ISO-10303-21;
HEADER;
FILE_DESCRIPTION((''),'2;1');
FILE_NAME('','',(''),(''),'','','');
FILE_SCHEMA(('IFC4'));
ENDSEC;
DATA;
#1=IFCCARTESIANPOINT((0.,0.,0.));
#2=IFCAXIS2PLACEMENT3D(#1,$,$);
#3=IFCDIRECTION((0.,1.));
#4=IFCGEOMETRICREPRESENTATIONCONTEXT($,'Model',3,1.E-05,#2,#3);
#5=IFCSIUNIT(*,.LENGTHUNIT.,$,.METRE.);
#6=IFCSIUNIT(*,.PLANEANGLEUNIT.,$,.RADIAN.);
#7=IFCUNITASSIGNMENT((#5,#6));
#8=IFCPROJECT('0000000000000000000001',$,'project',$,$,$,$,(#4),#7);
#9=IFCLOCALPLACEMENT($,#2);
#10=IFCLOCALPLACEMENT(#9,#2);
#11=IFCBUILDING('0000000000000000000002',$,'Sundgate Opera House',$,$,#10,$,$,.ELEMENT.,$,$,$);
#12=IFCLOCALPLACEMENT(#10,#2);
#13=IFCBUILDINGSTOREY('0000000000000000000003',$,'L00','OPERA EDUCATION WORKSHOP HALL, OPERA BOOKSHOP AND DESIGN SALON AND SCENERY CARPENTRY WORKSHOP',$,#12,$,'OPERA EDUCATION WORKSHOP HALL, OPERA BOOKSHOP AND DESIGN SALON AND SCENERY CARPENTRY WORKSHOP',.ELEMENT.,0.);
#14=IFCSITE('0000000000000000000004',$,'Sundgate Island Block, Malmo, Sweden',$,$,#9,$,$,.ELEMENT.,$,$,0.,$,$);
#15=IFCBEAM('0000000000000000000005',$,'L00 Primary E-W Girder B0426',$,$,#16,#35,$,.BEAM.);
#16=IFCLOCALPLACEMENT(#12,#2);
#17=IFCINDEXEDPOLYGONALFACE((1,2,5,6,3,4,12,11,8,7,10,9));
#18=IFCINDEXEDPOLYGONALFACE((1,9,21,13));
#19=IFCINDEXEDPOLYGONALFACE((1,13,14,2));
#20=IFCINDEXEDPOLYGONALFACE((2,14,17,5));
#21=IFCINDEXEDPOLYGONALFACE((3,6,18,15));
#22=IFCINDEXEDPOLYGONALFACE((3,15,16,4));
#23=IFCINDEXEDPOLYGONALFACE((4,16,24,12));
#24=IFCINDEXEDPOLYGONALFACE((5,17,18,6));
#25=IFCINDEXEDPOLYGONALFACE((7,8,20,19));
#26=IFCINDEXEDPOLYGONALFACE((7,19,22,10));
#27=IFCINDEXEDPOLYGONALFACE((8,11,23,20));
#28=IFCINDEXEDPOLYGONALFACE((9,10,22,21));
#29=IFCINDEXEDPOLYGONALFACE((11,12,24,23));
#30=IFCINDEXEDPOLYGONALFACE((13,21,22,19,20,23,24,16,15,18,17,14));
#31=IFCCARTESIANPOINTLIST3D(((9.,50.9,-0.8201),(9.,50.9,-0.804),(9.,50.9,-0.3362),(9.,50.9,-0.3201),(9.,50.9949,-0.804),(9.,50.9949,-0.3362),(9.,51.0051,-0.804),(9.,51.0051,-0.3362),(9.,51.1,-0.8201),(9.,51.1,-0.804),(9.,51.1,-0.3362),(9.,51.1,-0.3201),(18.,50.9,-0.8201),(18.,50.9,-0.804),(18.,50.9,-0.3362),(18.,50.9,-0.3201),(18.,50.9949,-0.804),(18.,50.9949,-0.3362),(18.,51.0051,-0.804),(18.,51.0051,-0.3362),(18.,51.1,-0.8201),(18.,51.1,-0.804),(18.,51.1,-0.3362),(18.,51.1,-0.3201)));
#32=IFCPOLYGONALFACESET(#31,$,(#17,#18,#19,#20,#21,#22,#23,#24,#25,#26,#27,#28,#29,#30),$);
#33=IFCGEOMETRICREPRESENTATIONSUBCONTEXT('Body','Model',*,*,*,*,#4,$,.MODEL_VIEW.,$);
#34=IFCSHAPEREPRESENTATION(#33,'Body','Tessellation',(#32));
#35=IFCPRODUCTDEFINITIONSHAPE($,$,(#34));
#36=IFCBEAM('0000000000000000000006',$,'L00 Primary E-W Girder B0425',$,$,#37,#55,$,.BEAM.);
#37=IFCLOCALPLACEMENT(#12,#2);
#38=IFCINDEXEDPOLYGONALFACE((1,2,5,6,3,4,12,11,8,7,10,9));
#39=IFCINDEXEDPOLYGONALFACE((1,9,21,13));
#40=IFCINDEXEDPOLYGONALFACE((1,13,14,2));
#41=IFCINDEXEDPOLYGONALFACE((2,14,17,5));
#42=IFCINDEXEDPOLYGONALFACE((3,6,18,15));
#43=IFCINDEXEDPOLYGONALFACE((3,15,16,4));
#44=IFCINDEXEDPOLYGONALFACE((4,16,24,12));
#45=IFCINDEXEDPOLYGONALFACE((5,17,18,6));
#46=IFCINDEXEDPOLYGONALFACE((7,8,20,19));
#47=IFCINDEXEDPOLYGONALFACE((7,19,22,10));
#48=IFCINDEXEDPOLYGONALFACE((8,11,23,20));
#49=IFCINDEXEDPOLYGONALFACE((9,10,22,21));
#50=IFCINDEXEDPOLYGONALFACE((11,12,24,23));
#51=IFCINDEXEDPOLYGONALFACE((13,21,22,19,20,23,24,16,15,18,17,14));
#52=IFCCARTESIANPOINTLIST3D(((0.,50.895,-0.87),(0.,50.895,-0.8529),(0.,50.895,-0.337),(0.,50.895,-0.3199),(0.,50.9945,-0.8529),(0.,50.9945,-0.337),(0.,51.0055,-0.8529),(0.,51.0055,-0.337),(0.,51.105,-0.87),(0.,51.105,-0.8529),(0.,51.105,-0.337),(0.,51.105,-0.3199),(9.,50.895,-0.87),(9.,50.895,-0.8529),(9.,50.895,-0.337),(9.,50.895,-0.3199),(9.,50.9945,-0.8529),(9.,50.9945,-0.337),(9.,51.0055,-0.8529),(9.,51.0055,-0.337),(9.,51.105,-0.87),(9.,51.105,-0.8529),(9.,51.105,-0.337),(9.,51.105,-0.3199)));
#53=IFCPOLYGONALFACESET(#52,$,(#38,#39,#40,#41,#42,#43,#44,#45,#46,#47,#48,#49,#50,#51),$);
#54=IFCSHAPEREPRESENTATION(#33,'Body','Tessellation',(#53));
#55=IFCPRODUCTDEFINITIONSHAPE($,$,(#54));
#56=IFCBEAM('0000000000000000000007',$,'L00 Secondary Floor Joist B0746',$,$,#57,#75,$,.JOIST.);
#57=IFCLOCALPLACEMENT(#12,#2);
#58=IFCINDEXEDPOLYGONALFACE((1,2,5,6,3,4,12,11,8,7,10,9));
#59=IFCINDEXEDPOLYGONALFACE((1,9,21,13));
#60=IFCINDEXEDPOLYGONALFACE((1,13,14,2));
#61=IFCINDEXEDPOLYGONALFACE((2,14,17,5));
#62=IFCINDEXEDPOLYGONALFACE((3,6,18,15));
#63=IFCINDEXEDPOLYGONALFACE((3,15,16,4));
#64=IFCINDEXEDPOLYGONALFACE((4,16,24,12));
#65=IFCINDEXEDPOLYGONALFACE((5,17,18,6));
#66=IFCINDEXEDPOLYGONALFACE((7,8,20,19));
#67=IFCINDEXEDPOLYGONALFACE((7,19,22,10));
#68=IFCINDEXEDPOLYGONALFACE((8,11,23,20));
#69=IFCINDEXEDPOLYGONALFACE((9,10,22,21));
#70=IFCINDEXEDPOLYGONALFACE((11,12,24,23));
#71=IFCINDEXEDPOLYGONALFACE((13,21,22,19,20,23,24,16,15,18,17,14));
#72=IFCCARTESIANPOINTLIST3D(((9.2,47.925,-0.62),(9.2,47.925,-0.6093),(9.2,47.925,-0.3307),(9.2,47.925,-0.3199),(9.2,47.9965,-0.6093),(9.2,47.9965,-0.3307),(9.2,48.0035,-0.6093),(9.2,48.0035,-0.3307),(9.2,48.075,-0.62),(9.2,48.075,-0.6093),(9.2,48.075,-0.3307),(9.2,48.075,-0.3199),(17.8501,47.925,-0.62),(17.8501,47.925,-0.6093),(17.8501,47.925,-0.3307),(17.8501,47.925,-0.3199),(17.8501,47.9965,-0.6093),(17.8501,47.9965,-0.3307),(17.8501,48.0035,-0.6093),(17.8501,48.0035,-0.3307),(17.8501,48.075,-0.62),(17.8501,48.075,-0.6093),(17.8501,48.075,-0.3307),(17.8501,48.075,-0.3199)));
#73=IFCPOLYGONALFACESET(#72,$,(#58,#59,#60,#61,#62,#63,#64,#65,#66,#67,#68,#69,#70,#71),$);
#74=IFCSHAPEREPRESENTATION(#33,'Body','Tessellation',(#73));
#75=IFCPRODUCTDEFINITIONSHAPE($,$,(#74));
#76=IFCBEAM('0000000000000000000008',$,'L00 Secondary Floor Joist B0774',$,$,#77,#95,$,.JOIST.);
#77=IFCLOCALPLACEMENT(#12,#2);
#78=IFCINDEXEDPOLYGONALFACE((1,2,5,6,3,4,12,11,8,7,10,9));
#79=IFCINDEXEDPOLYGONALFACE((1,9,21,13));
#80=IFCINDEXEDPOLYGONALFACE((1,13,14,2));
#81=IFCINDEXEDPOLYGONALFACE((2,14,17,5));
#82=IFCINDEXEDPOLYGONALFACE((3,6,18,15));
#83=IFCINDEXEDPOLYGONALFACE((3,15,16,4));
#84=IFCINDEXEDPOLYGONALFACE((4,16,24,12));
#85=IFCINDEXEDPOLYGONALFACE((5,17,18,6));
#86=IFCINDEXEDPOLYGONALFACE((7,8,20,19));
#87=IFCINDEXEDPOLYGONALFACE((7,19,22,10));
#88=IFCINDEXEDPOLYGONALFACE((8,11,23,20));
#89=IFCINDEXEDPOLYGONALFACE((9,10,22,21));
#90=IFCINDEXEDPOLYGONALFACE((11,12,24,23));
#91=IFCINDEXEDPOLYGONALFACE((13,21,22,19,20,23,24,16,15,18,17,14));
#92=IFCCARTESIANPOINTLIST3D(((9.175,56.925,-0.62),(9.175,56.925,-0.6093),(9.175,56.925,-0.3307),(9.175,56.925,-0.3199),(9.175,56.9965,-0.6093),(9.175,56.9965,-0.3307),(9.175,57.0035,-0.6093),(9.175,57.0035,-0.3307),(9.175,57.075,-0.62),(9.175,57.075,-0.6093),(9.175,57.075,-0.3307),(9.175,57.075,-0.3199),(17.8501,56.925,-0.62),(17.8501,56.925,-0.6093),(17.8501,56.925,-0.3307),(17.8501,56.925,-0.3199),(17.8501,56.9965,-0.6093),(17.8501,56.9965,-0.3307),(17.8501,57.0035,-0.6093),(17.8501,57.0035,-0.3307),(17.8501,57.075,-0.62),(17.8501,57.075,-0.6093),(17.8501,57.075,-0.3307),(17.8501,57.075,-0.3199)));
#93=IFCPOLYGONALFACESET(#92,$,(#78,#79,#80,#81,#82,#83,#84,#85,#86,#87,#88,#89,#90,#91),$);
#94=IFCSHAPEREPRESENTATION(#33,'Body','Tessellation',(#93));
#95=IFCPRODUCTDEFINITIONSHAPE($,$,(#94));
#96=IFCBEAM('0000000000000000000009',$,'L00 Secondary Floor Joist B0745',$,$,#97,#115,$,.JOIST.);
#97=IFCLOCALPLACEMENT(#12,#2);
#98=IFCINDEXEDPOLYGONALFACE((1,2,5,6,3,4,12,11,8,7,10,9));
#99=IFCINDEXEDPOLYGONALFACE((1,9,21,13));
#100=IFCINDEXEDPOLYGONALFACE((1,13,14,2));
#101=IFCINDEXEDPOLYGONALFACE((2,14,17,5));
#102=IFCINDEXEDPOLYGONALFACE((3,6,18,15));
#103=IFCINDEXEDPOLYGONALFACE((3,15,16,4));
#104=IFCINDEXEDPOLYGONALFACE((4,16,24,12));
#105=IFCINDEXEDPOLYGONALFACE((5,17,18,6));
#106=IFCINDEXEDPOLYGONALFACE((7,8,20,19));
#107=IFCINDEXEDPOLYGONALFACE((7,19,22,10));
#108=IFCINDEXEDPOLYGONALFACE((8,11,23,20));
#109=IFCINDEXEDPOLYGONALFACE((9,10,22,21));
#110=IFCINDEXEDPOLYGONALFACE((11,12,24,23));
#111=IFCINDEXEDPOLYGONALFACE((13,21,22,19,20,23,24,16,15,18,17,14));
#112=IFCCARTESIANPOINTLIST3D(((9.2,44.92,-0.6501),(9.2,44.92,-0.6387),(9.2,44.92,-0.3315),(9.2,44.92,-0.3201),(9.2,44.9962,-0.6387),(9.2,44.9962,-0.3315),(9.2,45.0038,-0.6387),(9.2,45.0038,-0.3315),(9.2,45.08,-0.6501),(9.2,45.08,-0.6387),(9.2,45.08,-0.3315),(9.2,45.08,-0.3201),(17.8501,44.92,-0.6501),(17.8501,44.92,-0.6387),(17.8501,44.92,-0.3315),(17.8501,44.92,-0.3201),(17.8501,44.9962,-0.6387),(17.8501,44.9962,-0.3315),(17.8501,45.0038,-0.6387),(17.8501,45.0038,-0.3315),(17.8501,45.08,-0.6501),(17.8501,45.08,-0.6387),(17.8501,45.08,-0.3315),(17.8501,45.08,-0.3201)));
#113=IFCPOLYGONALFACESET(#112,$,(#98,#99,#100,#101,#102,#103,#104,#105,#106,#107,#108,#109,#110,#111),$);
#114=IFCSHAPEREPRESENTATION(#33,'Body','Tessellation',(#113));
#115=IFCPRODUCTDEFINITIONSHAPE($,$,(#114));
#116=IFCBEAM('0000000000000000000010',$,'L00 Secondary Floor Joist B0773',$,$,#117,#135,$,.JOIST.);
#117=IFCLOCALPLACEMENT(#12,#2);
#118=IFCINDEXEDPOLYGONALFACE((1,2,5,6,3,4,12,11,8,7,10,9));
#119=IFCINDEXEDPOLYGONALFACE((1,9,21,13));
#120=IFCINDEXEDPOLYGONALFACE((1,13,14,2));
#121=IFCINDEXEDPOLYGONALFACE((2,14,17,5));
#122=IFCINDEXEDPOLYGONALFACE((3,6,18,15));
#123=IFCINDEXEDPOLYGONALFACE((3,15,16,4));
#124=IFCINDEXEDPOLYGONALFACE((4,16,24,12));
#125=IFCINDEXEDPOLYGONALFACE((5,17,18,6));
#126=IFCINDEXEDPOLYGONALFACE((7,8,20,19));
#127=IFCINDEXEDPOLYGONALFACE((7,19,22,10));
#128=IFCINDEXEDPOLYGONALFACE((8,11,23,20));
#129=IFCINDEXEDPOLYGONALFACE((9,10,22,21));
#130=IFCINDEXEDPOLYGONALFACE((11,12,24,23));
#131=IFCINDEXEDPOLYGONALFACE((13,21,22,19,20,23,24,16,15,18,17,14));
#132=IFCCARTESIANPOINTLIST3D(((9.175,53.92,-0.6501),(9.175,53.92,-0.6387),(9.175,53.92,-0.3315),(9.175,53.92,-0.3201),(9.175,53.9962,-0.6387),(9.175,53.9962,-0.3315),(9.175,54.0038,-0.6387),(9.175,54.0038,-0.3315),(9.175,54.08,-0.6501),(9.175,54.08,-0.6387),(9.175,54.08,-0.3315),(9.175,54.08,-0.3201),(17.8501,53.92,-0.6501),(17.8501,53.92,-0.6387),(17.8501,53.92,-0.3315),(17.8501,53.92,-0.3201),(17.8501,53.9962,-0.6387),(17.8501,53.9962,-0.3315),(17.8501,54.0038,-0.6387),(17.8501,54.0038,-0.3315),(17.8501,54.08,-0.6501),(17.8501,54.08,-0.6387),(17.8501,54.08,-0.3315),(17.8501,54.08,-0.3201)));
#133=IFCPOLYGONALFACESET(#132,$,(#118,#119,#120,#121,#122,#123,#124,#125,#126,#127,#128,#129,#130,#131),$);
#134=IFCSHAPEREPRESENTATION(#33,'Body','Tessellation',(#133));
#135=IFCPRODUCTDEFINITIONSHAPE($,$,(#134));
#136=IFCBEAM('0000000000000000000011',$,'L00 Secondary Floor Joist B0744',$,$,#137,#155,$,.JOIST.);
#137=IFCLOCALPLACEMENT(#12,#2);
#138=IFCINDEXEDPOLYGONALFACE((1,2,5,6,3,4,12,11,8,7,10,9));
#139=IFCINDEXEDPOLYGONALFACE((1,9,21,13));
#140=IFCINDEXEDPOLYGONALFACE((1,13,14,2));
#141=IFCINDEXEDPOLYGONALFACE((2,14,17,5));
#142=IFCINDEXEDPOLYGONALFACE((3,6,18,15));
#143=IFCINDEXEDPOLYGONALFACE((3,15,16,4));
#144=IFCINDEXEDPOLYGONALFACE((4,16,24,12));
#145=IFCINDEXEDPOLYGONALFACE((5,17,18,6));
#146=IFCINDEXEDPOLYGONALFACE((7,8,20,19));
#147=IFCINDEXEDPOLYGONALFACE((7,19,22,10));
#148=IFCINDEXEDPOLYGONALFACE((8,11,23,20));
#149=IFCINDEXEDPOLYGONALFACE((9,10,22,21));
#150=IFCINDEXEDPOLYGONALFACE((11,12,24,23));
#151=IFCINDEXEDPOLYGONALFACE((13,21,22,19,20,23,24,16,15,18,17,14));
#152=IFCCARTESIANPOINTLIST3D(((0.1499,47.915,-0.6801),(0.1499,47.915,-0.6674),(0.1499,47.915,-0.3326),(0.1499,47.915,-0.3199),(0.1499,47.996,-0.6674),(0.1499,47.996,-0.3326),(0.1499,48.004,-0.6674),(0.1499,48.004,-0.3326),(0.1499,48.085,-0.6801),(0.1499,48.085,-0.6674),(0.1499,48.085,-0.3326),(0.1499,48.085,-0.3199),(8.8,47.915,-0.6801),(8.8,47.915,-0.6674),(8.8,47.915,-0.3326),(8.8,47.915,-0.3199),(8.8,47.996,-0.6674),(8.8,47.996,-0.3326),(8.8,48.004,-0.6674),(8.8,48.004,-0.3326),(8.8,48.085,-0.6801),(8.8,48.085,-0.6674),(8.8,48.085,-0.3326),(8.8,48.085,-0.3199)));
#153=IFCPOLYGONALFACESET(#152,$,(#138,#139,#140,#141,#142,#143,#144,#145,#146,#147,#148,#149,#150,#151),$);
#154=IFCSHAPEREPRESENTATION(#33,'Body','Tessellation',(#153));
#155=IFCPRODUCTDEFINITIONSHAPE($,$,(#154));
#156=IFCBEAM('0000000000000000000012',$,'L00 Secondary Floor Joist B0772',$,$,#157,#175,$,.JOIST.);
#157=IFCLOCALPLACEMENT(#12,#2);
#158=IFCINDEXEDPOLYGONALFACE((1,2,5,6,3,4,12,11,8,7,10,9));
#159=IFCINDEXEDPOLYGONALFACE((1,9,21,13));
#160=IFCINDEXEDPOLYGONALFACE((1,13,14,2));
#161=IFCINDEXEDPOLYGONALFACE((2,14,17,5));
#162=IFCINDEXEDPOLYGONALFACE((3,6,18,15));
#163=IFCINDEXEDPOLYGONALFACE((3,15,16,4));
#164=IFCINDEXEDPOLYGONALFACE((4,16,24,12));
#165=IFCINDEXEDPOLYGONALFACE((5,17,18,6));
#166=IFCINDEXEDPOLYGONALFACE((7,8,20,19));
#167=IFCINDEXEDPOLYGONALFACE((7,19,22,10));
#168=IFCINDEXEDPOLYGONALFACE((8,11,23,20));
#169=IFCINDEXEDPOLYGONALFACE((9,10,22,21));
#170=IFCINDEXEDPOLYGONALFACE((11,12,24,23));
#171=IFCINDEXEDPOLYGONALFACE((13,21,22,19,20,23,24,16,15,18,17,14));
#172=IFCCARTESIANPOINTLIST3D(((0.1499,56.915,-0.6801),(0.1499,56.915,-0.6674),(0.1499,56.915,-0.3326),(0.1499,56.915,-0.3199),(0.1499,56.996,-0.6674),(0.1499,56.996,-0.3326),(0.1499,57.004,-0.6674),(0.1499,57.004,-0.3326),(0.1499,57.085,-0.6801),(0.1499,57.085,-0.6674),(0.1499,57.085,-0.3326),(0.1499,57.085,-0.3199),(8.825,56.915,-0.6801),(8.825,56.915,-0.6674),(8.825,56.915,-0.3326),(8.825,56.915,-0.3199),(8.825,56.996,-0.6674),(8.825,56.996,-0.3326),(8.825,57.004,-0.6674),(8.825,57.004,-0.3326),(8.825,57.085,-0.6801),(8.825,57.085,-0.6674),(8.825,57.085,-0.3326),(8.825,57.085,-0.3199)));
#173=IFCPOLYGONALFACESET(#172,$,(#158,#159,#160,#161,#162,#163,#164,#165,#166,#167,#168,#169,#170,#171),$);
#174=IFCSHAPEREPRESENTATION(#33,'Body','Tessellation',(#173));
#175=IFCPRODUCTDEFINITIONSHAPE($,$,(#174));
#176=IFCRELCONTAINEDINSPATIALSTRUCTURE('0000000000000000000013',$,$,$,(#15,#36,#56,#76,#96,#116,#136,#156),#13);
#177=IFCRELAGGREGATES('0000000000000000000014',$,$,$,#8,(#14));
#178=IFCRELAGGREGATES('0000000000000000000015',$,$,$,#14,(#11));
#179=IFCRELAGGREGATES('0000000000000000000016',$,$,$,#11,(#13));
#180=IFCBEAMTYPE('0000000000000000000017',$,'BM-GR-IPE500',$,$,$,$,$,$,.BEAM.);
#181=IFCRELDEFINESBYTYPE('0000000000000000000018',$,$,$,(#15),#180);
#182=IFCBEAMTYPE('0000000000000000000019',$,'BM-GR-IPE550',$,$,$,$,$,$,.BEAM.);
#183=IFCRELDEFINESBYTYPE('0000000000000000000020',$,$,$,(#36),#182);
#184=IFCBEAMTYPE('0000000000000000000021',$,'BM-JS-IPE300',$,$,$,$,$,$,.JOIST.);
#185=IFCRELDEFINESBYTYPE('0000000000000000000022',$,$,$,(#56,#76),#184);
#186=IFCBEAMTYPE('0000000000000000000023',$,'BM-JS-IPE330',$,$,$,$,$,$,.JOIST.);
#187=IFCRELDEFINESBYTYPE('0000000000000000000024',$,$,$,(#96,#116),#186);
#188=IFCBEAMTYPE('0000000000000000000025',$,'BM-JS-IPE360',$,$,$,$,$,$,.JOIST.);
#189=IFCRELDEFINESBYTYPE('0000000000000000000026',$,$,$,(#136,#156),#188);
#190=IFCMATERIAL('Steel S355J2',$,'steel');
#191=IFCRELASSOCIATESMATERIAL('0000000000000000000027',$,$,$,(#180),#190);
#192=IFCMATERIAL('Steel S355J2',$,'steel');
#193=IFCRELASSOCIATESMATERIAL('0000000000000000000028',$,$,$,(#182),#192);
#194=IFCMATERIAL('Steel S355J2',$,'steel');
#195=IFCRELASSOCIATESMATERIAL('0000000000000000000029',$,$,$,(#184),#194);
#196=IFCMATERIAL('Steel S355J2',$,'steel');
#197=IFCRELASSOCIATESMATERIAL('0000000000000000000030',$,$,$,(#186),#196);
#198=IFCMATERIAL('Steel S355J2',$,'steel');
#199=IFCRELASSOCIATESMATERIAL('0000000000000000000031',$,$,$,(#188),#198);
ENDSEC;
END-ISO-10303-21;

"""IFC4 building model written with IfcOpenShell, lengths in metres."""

from ifc_helpers import new_model, si_unit, direction, frame, origin, origin_2d, place, context, subcontext, project, spatial, i_section, extrude, material, material_profile, profile_set, type_object, element, save


model = new_model("IFC4")

# Units and contexts
model_context = context("Model", 3, precision=1e-05, world=origin(), true_north=direction((0.0, 1.0)))
body_context = subcontext(model_context, "Body", "Model", "MODEL_VIEW")
ifc_project = project(units=[si_unit("LENGTHUNIT", "METRE"), si_unit("PLANEANGLEUNIT", "RADIAN")], contexts=[model_context])

# Site, building, storey
site_placement = place(None, origin())
site = spatial("IfcSite", under=ifc_project, at=site_placement, Name="Sundgate Island Block, Malmo, Sweden", CompositionType="ELEMENT", RefElevation=0.0)
building_placement = place(site_placement, origin())
building = spatial("IfcBuilding", under=site, at=building_placement, Name="Sundgate Opera House", CompositionType="ELEMENT")
storey_placement = place(building_placement, origin())
storey = spatial("IfcBuildingStorey", under=building, at=storey_placement, Name="L00", Description="OPERA EDUCATION WORKSHOP HALL, OPERA BOOKSHOP AND DESIGN SALON AND SCENERY CARPENTRY WORKSHOP", LongName="OPERA EDUCATION WORKSHOP HALL, OPERA BOOKSHOP AND DESIGN SALON AND SCENERY CARPENTRY WORKSHOP", CompositionType="ELEMENT", Elevation=0.0)

# Beams
ifc_material_1 = material(Name="Steel S355J2", Category="steel")
ifc_material_profile_1 = material_profile(ifc_material_1, i_section(OverallWidth=0.2, OverallDepth=0.5, WebThickness=0.0103, FlangeThickness=0.0161, at=origin_2d()), Name="IPE 500")
ifc_profile_set_1 = profile_set([ifc_material_profile_1], Name="Steel S355J2")
beam_type_1 = type_object("IfcBeamType", Name="BM-GR-IPE500", PredefinedType="BEAM", material=ifc_profile_set_1)
beam_1_placement = place(storey_placement, frame((9.0, 51.0, -0.5701), z_axis=(1.0, 0.0, 0.0), x_axis=(0.0, 1.0, 0.0)))
element("IfcBeam", 1, at=beam_1_placement, inside=storey, type_object=beam_type_1, Name="L00 Primary E-W Girder B0426", PredefinedType="BEAM", context=body_context, shape_type="SweptSolid", body=[
    extrude(i_section(OverallWidth=0.2, OverallDepth=0.5, WebThickness=0.0103, FlangeThickness=0.0161, at=origin_2d()), origin(), (0.0, 0.0, 1.0), 9.0),
])
ifc_material_2 = material(Name="Steel S355J2", Category="steel")
ifc_material_profile_2 = material_profile(ifc_material_2, i_section(OverallWidth=0.21, OverallDepth=0.55, WebThickness=0.011, FlangeThickness=0.0171, at=origin_2d()), Name="IPE 550")
ifc_profile_set_2 = profile_set([ifc_material_profile_2], Name="Steel S355J2")
beam_type_2 = type_object("IfcBeamType", Name="BM-GR-IPE550", PredefinedType="BEAM", material=ifc_profile_set_2)
beam_2_placement = place(storey_placement, frame((0.0, 51.0, -0.595), z_axis=(1.0, 0.0, 0.0), x_axis=(0.0, 1.0, 0.0)))
element("IfcBeam", 2, at=beam_2_placement, inside=storey, type_object=beam_type_2, Name="L00 Primary E-W Girder B0425", PredefinedType="BEAM", context=body_context, shape_type="SweptSolid", body=[
    extrude(i_section(OverallWidth=0.21, OverallDepth=0.55, WebThickness=0.011, FlangeThickness=0.0171, at=origin_2d()), origin(), (0.0, 0.0, 1.0), 9.0),
])
ifc_material_3 = material(Name="Steel S355J2", Category="steel")
ifc_material_profile_3 = material_profile(ifc_material_3, i_section(OverallWidth=0.1499, OverallDepth=0.3, WebThickness=0.0071, FlangeThickness=0.0107, at=origin_2d()), Name="IPE 300")
ifc_profile_set_3 = profile_set([ifc_material_profile_3], Name="Steel S355J2")
beam_type_3 = type_object("IfcBeamType", Name="BM-JS-IPE300", PredefinedType="JOIST", material=ifc_profile_set_3)
beam_3_placement = place(storey_placement, frame((9.2, 48.0, -0.47), z_axis=(1.0, 0.0, 0.0), x_axis=(0.0, 1.0, 0.0)))
element("IfcBeam", 3, at=beam_3_placement, inside=storey, type_object=beam_type_3, Name="L00 Secondary Floor Joist B0746", PredefinedType="JOIST", context=body_context, shape_type="SweptSolid", body=[
    extrude(i_section(OverallWidth=0.1499, OverallDepth=0.3, WebThickness=0.0071, FlangeThickness=0.0107, at=origin_2d()), origin(), (0.0, 0.0, 1.0), 8.6501),
])
beam_4_placement = place(storey_placement, frame((9.175, 57.0, -0.47), z_axis=(1.0, 0.0, 0.0), x_axis=(0.0, 1.0, 0.0)))
element("IfcBeam", 4, at=beam_4_placement, inside=storey, type_object=beam_type_3, Name="L00 Secondary Floor Joist B0774", PredefinedType="JOIST", context=body_context, shape_type="SweptSolid", body=[
    extrude(i_section(OverallWidth=0.1499, OverallDepth=0.3, WebThickness=0.0071, FlangeThickness=0.0107, at=origin_2d()), origin(), (0.0, 0.0, 1.0), 8.675),
])
ifc_material_4 = material(Name="Steel S355J2", Category="steel")
ifc_material_profile_4 = material_profile(ifc_material_4, i_section(OverallWidth=0.1599, OverallDepth=0.3301, WebThickness=0.0076, FlangeThickness=0.0115, at=origin_2d()), Name="IPE 330")
ifc_profile_set_4 = profile_set([ifc_material_profile_4], Name="Steel S355J2")
beam_type_4 = type_object("IfcBeamType", Name="BM-JS-IPE330", PredefinedType="JOIST", material=ifc_profile_set_4)
beam_5_placement = place(storey_placement, frame((9.2, 45.0, -0.4851), z_axis=(1.0, 0.0, 0.0), x_axis=(0.0, 1.0, 0.0)))
element("IfcBeam", 5, at=beam_5_placement, inside=storey, type_object=beam_type_4, Name="L00 Secondary Floor Joist B0745", PredefinedType="JOIST", context=body_context, shape_type="SweptSolid", body=[
    extrude(i_section(OverallWidth=0.1599, OverallDepth=0.3301, WebThickness=0.0076, FlangeThickness=0.0115, at=origin_2d()), origin(), (0.0, 0.0, 1.0), 8.6501),
])
beam_6_placement = place(storey_placement, frame((9.175, 54.0, -0.4851), z_axis=(1.0, 0.0, 0.0), x_axis=(0.0, 1.0, 0.0)))
element("IfcBeam", 6, at=beam_6_placement, inside=storey, type_object=beam_type_4, Name="L00 Secondary Floor Joist B0773", PredefinedType="JOIST", context=body_context, shape_type="SweptSolid", body=[
    extrude(i_section(OverallWidth=0.1599, OverallDepth=0.3301, WebThickness=0.0076, FlangeThickness=0.0115, at=origin_2d()), origin(), (0.0, 0.0, 1.0), 8.675),
])
ifc_material_5 = material(Name="Steel S355J2", Category="steel")
ifc_material_profile_5 = material_profile(ifc_material_5, i_section(OverallWidth=0.1699, OverallDepth=0.3601, WebThickness=0.0081, FlangeThickness=0.0127, at=origin_2d()), Name="IPE 360")
ifc_profile_set_5 = profile_set([ifc_material_profile_5], Name="Steel S355J2")
beam_type_5 = type_object("IfcBeamType", Name="BM-JS-IPE360", PredefinedType="JOIST", material=ifc_profile_set_5)
beam_7_placement = place(storey_placement, frame((0.1499, 48.0, -0.5), z_axis=(1.0, 0.0, 0.0), x_axis=(0.0, 1.0, 0.0)))
element("IfcBeam", 7, at=beam_7_placement, inside=storey, type_object=beam_type_5, Name="L00 Secondary Floor Joist B0744", PredefinedType="JOIST", context=body_context, shape_type="SweptSolid", body=[
    extrude(i_section(OverallWidth=0.1699, OverallDepth=0.3601, WebThickness=0.0081, FlangeThickness=0.0127, at=origin_2d()), origin(), (0.0, 0.0, 1.0), 8.6501),
])
beam_8_placement = place(storey_placement, frame((0.1499, 57.0, -0.5), z_axis=(1.0, 0.0, 0.0), x_axis=(0.0, 1.0, 0.0)))
element("IfcBeam", 8, at=beam_8_placement, inside=storey, type_object=beam_type_5, Name="L00 Secondary Floor Joist B0772", PredefinedType="JOIST", context=body_context, shape_type="SweptSolid", body=[
    extrude(i_section(OverallWidth=0.1699, OverallDepth=0.3601, WebThickness=0.0081, FlangeThickness=0.0127, at=origin_2d()), origin(), (0.0, 0.0, 1.0), 8.675),
])

save(model, "model.ifc")
